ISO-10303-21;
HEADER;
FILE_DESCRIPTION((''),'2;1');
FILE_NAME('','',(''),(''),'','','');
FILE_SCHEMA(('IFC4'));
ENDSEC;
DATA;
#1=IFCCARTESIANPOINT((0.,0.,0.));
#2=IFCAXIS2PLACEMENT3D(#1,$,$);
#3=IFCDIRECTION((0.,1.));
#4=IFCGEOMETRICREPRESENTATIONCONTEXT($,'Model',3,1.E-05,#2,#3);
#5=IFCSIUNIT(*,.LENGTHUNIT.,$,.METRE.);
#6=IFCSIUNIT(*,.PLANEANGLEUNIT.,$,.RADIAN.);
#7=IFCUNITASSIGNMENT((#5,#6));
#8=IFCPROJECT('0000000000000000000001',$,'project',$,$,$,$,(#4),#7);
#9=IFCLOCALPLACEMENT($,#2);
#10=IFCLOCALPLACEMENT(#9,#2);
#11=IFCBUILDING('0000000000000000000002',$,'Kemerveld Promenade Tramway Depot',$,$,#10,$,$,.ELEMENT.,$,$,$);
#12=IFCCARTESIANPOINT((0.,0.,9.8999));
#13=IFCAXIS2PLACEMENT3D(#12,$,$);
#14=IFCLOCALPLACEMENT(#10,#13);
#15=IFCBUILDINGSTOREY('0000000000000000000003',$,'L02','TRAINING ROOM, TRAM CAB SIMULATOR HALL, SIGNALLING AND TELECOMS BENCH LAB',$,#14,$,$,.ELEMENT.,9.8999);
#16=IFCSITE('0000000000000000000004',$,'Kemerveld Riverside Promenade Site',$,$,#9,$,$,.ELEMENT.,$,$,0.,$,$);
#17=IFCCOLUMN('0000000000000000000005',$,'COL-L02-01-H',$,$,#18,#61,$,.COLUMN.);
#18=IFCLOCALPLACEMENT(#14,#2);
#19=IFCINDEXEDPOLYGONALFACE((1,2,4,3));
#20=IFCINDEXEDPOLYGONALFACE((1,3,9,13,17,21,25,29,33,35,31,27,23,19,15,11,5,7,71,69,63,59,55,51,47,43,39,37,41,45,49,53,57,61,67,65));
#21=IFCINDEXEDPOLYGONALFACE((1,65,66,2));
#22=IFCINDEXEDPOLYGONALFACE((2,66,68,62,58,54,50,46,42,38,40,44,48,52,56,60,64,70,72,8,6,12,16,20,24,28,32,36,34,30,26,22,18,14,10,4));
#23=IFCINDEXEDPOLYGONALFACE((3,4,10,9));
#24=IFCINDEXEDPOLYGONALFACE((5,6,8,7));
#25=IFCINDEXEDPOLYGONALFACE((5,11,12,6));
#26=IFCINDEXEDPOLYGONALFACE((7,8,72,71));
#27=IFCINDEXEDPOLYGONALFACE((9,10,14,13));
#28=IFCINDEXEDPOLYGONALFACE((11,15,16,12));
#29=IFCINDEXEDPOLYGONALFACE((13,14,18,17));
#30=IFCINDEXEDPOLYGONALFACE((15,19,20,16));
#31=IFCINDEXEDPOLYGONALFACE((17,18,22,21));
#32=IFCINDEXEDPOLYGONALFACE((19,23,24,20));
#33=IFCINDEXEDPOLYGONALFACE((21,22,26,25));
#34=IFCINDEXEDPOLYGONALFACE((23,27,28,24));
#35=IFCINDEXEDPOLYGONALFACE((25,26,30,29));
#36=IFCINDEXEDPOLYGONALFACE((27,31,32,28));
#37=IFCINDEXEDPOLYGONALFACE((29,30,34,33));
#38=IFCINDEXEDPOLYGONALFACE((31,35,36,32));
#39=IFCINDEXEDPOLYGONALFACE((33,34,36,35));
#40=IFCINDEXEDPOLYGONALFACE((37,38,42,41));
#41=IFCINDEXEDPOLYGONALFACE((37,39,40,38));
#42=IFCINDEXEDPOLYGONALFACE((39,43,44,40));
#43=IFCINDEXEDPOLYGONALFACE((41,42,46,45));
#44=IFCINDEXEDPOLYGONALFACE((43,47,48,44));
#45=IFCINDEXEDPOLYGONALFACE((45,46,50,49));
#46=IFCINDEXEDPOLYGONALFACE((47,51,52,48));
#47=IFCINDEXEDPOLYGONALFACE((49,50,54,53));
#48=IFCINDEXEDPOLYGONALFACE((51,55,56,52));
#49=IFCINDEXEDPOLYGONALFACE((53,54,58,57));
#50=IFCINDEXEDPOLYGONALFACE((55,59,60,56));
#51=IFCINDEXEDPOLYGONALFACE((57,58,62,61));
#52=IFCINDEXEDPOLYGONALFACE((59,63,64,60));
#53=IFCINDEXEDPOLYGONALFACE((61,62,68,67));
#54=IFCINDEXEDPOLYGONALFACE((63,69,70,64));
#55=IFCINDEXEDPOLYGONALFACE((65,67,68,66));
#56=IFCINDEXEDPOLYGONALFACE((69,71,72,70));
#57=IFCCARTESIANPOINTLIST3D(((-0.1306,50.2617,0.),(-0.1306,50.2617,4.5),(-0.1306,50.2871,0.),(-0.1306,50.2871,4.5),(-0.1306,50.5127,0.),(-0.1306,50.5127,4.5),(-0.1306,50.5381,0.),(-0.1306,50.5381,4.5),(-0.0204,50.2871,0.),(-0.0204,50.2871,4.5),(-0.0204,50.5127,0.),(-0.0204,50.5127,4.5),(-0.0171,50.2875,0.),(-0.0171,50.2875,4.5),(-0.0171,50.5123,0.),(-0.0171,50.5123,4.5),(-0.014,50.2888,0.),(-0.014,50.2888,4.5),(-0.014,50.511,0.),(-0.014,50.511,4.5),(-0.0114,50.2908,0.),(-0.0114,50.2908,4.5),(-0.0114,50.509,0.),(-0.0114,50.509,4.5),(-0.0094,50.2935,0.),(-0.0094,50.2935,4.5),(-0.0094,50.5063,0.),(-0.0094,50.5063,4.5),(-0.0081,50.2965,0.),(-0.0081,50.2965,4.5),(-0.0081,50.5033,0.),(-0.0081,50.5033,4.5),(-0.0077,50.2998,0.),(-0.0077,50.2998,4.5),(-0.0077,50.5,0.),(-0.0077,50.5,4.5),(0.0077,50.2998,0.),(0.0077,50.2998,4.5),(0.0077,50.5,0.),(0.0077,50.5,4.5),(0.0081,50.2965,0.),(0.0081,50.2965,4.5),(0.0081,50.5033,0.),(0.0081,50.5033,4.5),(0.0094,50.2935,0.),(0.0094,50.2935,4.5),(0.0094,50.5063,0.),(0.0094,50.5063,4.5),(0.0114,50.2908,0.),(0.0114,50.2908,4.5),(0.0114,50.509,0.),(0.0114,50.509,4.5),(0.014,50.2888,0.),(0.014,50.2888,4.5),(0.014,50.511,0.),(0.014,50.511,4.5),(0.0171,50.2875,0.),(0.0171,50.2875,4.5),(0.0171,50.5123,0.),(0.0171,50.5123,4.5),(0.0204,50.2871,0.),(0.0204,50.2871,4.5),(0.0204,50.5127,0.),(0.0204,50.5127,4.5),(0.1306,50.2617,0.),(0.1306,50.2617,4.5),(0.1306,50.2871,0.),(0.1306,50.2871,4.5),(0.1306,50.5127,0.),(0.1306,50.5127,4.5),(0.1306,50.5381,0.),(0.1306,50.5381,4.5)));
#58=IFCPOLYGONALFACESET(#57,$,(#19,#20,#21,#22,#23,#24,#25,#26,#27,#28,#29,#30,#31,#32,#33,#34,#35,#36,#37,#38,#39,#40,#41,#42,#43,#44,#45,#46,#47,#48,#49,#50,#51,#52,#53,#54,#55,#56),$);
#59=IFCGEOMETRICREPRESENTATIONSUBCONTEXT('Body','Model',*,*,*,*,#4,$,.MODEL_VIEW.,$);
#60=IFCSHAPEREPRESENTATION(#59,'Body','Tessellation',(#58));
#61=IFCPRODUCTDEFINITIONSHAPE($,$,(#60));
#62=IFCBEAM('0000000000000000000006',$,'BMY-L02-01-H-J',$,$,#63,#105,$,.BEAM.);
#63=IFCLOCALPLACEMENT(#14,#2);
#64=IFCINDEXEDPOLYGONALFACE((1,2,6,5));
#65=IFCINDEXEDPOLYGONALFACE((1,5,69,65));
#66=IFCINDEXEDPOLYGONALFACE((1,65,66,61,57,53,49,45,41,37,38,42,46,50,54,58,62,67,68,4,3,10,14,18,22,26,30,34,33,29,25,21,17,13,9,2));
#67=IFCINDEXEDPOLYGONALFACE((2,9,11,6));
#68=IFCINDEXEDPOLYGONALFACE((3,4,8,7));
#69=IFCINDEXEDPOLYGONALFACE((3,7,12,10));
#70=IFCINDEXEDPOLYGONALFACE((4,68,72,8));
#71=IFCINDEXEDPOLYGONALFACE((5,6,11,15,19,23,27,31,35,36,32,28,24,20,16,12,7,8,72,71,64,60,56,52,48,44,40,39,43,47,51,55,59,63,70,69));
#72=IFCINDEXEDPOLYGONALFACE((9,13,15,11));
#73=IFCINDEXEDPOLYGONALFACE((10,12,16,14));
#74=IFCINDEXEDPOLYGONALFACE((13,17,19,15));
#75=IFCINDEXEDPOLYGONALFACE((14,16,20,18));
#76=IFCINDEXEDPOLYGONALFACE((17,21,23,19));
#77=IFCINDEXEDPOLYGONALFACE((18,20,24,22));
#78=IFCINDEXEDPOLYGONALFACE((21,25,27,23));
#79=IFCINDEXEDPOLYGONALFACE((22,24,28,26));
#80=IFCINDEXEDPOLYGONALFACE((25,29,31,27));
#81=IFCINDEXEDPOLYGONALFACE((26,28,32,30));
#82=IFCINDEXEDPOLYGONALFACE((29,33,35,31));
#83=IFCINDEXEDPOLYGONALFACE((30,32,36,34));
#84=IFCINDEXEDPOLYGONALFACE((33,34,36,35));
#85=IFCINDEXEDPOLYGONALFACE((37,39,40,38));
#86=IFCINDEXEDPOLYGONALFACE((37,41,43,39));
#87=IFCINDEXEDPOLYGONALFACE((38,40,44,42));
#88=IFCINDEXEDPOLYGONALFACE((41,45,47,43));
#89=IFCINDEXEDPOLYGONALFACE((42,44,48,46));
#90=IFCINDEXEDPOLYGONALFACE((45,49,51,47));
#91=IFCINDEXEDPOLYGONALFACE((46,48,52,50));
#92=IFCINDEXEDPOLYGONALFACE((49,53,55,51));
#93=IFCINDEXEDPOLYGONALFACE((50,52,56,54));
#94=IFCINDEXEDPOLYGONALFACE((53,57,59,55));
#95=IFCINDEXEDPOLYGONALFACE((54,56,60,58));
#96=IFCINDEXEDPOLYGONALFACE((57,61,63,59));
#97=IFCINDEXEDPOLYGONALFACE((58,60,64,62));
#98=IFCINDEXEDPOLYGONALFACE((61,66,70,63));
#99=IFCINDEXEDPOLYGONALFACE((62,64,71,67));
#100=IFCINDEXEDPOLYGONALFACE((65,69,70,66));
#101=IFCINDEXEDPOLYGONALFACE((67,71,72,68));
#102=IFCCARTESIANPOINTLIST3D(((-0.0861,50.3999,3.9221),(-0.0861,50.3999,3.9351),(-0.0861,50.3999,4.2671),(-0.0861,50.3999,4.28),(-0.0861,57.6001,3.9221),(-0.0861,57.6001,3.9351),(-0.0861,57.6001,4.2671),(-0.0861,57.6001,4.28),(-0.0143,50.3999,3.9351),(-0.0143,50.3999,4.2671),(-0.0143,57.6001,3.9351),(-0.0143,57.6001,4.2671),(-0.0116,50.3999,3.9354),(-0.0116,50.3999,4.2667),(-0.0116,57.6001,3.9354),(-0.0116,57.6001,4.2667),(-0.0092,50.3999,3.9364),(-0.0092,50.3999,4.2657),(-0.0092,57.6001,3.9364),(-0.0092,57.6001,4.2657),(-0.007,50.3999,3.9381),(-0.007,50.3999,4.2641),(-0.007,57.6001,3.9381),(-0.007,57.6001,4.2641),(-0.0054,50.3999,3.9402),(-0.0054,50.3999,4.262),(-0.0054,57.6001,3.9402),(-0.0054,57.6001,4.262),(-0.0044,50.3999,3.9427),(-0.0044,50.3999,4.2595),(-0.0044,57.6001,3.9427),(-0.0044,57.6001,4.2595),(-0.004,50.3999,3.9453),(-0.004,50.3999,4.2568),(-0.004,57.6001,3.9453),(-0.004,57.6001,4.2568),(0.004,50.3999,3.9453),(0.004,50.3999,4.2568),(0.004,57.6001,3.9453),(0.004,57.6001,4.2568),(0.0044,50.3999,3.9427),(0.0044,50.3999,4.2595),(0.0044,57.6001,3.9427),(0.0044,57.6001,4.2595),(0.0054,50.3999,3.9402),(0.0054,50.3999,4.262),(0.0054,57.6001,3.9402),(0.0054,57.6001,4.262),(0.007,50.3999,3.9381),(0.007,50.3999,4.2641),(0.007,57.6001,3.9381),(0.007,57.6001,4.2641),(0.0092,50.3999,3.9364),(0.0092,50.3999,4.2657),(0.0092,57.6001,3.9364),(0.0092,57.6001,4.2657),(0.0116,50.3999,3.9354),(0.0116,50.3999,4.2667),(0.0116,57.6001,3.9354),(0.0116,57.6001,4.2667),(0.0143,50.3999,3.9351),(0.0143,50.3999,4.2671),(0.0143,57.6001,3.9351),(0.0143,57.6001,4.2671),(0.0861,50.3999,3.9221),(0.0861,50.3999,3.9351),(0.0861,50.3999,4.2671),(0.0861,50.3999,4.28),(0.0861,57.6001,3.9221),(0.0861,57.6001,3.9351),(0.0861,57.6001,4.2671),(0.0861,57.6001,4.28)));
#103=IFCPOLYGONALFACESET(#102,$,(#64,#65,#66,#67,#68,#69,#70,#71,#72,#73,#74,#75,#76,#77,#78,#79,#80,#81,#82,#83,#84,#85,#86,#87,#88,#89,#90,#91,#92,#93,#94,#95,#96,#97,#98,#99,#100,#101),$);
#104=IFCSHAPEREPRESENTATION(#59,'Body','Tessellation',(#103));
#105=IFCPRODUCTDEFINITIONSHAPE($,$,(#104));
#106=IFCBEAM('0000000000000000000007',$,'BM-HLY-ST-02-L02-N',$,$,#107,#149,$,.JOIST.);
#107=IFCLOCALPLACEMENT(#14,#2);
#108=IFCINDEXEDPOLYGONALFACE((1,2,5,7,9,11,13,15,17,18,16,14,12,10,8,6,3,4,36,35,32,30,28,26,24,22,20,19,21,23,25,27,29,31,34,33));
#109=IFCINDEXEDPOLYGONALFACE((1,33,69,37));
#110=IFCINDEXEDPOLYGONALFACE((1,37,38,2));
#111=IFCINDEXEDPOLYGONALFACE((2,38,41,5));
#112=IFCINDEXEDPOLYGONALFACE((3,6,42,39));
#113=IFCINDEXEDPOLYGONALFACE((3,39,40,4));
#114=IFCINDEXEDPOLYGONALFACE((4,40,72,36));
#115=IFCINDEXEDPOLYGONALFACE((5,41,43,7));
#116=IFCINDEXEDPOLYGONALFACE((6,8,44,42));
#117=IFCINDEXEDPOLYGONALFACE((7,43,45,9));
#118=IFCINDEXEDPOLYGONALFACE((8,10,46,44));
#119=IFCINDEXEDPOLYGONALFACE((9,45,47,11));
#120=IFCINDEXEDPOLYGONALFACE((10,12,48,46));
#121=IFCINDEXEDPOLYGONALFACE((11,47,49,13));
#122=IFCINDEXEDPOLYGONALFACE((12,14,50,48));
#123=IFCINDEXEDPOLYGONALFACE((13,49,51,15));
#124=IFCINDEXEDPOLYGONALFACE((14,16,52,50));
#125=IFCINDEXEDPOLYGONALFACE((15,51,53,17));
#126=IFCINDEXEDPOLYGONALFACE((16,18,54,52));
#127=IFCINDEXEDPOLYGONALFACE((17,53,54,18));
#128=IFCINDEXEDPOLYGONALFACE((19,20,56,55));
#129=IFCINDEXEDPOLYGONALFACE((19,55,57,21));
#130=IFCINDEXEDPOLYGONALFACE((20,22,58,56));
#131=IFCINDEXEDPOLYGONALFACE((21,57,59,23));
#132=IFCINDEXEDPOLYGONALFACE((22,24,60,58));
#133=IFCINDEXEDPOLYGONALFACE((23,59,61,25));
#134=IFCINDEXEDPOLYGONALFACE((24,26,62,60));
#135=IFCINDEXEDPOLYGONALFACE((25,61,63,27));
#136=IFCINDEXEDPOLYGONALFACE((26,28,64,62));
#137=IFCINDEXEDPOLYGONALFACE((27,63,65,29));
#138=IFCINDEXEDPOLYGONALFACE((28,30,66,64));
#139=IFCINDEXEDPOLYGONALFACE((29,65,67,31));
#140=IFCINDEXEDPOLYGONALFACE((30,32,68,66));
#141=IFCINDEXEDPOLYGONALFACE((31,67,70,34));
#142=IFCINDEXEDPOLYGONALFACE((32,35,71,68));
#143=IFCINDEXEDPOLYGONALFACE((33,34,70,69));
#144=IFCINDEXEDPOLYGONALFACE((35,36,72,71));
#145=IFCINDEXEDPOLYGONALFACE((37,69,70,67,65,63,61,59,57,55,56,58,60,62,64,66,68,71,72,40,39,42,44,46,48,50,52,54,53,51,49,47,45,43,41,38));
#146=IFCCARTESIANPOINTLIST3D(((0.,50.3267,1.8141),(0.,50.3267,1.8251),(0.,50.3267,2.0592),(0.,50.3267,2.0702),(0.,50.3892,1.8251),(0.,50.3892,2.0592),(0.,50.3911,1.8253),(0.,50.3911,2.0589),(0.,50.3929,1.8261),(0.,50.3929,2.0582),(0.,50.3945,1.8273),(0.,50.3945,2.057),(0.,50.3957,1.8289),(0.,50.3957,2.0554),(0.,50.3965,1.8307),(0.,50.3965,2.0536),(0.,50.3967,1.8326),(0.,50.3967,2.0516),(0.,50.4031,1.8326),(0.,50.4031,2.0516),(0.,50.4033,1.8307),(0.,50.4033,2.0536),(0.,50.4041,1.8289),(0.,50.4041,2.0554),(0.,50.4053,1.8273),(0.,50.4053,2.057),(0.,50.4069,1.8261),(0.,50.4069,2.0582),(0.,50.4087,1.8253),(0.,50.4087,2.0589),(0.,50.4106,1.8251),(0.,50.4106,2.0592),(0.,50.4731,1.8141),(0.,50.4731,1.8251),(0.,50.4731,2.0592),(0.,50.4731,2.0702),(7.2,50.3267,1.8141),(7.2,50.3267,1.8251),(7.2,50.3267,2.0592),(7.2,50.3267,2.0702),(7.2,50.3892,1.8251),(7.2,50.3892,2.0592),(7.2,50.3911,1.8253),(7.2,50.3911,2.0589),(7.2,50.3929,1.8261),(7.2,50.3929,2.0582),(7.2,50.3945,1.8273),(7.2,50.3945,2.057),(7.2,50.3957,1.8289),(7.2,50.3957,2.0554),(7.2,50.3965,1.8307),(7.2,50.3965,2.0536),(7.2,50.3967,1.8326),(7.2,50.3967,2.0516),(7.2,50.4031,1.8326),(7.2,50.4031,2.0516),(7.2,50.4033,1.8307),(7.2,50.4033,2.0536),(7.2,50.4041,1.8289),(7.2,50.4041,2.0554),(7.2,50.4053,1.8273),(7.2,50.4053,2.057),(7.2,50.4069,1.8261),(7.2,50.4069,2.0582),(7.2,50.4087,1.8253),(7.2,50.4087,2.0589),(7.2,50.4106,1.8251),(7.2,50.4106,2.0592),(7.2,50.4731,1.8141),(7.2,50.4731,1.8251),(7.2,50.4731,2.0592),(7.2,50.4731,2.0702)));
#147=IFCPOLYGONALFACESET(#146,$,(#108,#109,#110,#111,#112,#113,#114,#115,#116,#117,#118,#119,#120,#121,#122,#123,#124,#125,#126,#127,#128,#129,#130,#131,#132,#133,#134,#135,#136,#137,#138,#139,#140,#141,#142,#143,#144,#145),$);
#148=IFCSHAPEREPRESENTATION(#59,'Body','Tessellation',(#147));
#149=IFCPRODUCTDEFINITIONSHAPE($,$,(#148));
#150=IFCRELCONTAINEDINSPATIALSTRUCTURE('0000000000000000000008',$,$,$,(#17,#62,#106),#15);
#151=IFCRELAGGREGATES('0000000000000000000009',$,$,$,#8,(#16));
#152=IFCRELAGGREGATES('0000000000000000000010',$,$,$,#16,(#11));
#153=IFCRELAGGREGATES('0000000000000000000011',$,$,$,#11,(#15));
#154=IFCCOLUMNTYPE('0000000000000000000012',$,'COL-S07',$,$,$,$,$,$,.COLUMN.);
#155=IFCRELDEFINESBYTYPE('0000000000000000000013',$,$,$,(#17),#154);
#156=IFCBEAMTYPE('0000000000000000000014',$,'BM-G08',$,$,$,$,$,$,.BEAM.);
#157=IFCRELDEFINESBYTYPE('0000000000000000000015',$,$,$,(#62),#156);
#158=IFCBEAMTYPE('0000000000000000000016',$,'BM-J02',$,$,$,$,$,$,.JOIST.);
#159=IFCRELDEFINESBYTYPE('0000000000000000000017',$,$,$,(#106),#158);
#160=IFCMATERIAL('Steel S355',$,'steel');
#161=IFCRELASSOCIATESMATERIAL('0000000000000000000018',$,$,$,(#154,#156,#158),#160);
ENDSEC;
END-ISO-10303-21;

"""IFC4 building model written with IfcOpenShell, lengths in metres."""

from ifc_helpers import new_model, si_unit, direction, frame, origin, origin_2d, place, context, subcontext, project, spatial, i_section, extrude, material, material_profile, profile_set, type_object, element, save


model = new_model("IFC4")

# Units and contexts
model_context = context("Model", 3, precision=1e-05, world=origin(), true_north=direction((0.0, 1.0)))
body_context = subcontext(model_context, "Body", "Model", "MODEL_VIEW")
ifc_project = project(units=[si_unit("LENGTHUNIT", "METRE"), si_unit("PLANEANGLEUNIT", "RADIAN")], contexts=[model_context])

# Site, building, storey
site_placement = place(None, origin())
site = spatial("IfcSite", under=ifc_project, at=site_placement, Name="Kemerveld Riverside Promenade Site", CompositionType="ELEMENT", RefElevation=0.0)
building_placement = place(site_placement, origin())
building = spatial("IfcBuilding", under=site, at=building_placement, Name="Kemerveld Promenade Tramway Depot", CompositionType="ELEMENT")
storey_placement = place(building_placement, frame((0.0, 0.0, 9.8999)))
storey = spatial("IfcBuildingStorey", under=building, at=storey_placement, Name="L02", Description="TRAINING ROOM, TRAM CAB SIMULATOR HALL, SIGNALLING AND TELECOMS BENCH LAB", CompositionType="ELEMENT", Elevation=9.8999)

# Column
ifc_material_1 = material(Name="Steel S355", Category="steel")
ifc_material_profile_1 = material_profile(ifc_material_1, i_section(OverallWidth=0.2612, OverallDepth=0.2764, WebThickness=0.0154, FlangeThickness=0.0254, FilletRadius=0.0127, at=origin_2d()), Name="254x254x132 UC")
ifc_profile_set_1 = profile_set([ifc_material_profile_1], Name="Steel S355")
column_type = type_object("IfcColumnType", Name="COL-S07", PredefinedType="COLUMN", material=ifc_profile_set_1)
column_placement = place(storey_placement, frame((0.0, 50.3999, 0.0), z_axis=(0.0, 0.0, 1.0), x_axis=(1.0, 0.0, 0.0)))
element("IfcColumn", 1, at=column_placement, inside=storey, type_object=column_type, Name="COL-L02-01-H", PredefinedType="COLUMN", context=body_context, shape_type="SweptSolid", body=[
    extrude(i_section(OverallWidth=0.2612, OverallDepth=0.2764, WebThickness=0.0154, FlangeThickness=0.0254, FilletRadius=0.0127, at=origin_2d()), origin(), (0.0, 0.0, 1.0), 4.5),
])

# Beams
ifc_material_profile_2 = material_profile(ifc_material_1, i_section(OverallWidth=0.1721, OverallDepth=0.3579, WebThickness=0.0081, FlangeThickness=0.0129, FilletRadius=0.0103, at=origin_2d()), Name="356x171x57 UB")
ifc_profile_set_2 = profile_set([ifc_material_profile_2], Name="Steel S355")
beam_type_1 = type_object("IfcBeamType", Name="BM-G08", PredefinedType="BEAM", material=ifc_profile_set_2)
beam_1_placement = place(storey_placement, frame((0.0, 50.3999, 4.1011), z_axis=(0.0, 1.0, 0.0), x_axis=(-1.0, 0.0, 0.0)))
element("IfcBeam", 2, at=beam_1_placement, inside=storey, type_object=beam_type_1, Name="BMY-L02-01-H-J", PredefinedType="BEAM", context=body_context, shape_type="SweptSolid", body=[
    extrude(i_section(OverallWidth=0.1721, OverallDepth=0.3579, WebThickness=0.0081, FlangeThickness=0.0129, FilletRadius=0.0103, at=origin_2d()), origin(), (0.0, 0.0, 1.0), 7.2002),
])
ifc_material_profile_3 = material_profile(ifc_material_1, i_section(OverallWidth=0.1465, OverallDepth=0.2561, WebThickness=0.0063, FlangeThickness=0.011, FilletRadius=0.0076, at=origin_2d()), Name="254x146x37 UB")
ifc_profile_set_3 = profile_set([ifc_material_profile_3], Name="Steel S355")
beam_type_2 = type_object("IfcBeamType", Name="BM-J02", PredefinedType="JOIST", material=ifc_profile_set_3)
beam_2_placement = place(storey_placement, frame((0.0, 50.3999, 1.9421), z_axis=(1.0, 0.0, 0.0), x_axis=(0.0, 1.0, 0.0)))
element("IfcBeam", 3, at=beam_2_placement, inside=storey, type_object=beam_type_2, Name="BM-HLY-ST-02-L02-N", PredefinedType="JOIST", context=body_context, shape_type="SweptSolid", body=[
    extrude(i_section(OverallWidth=0.1465, OverallDepth=0.2561, WebThickness=0.0063, FlangeThickness=0.011, FilletRadius=0.0076, at=origin_2d()), origin(), (0.0, 0.0, 1.0), 7.2),
])

save(model, "model.ifc")
